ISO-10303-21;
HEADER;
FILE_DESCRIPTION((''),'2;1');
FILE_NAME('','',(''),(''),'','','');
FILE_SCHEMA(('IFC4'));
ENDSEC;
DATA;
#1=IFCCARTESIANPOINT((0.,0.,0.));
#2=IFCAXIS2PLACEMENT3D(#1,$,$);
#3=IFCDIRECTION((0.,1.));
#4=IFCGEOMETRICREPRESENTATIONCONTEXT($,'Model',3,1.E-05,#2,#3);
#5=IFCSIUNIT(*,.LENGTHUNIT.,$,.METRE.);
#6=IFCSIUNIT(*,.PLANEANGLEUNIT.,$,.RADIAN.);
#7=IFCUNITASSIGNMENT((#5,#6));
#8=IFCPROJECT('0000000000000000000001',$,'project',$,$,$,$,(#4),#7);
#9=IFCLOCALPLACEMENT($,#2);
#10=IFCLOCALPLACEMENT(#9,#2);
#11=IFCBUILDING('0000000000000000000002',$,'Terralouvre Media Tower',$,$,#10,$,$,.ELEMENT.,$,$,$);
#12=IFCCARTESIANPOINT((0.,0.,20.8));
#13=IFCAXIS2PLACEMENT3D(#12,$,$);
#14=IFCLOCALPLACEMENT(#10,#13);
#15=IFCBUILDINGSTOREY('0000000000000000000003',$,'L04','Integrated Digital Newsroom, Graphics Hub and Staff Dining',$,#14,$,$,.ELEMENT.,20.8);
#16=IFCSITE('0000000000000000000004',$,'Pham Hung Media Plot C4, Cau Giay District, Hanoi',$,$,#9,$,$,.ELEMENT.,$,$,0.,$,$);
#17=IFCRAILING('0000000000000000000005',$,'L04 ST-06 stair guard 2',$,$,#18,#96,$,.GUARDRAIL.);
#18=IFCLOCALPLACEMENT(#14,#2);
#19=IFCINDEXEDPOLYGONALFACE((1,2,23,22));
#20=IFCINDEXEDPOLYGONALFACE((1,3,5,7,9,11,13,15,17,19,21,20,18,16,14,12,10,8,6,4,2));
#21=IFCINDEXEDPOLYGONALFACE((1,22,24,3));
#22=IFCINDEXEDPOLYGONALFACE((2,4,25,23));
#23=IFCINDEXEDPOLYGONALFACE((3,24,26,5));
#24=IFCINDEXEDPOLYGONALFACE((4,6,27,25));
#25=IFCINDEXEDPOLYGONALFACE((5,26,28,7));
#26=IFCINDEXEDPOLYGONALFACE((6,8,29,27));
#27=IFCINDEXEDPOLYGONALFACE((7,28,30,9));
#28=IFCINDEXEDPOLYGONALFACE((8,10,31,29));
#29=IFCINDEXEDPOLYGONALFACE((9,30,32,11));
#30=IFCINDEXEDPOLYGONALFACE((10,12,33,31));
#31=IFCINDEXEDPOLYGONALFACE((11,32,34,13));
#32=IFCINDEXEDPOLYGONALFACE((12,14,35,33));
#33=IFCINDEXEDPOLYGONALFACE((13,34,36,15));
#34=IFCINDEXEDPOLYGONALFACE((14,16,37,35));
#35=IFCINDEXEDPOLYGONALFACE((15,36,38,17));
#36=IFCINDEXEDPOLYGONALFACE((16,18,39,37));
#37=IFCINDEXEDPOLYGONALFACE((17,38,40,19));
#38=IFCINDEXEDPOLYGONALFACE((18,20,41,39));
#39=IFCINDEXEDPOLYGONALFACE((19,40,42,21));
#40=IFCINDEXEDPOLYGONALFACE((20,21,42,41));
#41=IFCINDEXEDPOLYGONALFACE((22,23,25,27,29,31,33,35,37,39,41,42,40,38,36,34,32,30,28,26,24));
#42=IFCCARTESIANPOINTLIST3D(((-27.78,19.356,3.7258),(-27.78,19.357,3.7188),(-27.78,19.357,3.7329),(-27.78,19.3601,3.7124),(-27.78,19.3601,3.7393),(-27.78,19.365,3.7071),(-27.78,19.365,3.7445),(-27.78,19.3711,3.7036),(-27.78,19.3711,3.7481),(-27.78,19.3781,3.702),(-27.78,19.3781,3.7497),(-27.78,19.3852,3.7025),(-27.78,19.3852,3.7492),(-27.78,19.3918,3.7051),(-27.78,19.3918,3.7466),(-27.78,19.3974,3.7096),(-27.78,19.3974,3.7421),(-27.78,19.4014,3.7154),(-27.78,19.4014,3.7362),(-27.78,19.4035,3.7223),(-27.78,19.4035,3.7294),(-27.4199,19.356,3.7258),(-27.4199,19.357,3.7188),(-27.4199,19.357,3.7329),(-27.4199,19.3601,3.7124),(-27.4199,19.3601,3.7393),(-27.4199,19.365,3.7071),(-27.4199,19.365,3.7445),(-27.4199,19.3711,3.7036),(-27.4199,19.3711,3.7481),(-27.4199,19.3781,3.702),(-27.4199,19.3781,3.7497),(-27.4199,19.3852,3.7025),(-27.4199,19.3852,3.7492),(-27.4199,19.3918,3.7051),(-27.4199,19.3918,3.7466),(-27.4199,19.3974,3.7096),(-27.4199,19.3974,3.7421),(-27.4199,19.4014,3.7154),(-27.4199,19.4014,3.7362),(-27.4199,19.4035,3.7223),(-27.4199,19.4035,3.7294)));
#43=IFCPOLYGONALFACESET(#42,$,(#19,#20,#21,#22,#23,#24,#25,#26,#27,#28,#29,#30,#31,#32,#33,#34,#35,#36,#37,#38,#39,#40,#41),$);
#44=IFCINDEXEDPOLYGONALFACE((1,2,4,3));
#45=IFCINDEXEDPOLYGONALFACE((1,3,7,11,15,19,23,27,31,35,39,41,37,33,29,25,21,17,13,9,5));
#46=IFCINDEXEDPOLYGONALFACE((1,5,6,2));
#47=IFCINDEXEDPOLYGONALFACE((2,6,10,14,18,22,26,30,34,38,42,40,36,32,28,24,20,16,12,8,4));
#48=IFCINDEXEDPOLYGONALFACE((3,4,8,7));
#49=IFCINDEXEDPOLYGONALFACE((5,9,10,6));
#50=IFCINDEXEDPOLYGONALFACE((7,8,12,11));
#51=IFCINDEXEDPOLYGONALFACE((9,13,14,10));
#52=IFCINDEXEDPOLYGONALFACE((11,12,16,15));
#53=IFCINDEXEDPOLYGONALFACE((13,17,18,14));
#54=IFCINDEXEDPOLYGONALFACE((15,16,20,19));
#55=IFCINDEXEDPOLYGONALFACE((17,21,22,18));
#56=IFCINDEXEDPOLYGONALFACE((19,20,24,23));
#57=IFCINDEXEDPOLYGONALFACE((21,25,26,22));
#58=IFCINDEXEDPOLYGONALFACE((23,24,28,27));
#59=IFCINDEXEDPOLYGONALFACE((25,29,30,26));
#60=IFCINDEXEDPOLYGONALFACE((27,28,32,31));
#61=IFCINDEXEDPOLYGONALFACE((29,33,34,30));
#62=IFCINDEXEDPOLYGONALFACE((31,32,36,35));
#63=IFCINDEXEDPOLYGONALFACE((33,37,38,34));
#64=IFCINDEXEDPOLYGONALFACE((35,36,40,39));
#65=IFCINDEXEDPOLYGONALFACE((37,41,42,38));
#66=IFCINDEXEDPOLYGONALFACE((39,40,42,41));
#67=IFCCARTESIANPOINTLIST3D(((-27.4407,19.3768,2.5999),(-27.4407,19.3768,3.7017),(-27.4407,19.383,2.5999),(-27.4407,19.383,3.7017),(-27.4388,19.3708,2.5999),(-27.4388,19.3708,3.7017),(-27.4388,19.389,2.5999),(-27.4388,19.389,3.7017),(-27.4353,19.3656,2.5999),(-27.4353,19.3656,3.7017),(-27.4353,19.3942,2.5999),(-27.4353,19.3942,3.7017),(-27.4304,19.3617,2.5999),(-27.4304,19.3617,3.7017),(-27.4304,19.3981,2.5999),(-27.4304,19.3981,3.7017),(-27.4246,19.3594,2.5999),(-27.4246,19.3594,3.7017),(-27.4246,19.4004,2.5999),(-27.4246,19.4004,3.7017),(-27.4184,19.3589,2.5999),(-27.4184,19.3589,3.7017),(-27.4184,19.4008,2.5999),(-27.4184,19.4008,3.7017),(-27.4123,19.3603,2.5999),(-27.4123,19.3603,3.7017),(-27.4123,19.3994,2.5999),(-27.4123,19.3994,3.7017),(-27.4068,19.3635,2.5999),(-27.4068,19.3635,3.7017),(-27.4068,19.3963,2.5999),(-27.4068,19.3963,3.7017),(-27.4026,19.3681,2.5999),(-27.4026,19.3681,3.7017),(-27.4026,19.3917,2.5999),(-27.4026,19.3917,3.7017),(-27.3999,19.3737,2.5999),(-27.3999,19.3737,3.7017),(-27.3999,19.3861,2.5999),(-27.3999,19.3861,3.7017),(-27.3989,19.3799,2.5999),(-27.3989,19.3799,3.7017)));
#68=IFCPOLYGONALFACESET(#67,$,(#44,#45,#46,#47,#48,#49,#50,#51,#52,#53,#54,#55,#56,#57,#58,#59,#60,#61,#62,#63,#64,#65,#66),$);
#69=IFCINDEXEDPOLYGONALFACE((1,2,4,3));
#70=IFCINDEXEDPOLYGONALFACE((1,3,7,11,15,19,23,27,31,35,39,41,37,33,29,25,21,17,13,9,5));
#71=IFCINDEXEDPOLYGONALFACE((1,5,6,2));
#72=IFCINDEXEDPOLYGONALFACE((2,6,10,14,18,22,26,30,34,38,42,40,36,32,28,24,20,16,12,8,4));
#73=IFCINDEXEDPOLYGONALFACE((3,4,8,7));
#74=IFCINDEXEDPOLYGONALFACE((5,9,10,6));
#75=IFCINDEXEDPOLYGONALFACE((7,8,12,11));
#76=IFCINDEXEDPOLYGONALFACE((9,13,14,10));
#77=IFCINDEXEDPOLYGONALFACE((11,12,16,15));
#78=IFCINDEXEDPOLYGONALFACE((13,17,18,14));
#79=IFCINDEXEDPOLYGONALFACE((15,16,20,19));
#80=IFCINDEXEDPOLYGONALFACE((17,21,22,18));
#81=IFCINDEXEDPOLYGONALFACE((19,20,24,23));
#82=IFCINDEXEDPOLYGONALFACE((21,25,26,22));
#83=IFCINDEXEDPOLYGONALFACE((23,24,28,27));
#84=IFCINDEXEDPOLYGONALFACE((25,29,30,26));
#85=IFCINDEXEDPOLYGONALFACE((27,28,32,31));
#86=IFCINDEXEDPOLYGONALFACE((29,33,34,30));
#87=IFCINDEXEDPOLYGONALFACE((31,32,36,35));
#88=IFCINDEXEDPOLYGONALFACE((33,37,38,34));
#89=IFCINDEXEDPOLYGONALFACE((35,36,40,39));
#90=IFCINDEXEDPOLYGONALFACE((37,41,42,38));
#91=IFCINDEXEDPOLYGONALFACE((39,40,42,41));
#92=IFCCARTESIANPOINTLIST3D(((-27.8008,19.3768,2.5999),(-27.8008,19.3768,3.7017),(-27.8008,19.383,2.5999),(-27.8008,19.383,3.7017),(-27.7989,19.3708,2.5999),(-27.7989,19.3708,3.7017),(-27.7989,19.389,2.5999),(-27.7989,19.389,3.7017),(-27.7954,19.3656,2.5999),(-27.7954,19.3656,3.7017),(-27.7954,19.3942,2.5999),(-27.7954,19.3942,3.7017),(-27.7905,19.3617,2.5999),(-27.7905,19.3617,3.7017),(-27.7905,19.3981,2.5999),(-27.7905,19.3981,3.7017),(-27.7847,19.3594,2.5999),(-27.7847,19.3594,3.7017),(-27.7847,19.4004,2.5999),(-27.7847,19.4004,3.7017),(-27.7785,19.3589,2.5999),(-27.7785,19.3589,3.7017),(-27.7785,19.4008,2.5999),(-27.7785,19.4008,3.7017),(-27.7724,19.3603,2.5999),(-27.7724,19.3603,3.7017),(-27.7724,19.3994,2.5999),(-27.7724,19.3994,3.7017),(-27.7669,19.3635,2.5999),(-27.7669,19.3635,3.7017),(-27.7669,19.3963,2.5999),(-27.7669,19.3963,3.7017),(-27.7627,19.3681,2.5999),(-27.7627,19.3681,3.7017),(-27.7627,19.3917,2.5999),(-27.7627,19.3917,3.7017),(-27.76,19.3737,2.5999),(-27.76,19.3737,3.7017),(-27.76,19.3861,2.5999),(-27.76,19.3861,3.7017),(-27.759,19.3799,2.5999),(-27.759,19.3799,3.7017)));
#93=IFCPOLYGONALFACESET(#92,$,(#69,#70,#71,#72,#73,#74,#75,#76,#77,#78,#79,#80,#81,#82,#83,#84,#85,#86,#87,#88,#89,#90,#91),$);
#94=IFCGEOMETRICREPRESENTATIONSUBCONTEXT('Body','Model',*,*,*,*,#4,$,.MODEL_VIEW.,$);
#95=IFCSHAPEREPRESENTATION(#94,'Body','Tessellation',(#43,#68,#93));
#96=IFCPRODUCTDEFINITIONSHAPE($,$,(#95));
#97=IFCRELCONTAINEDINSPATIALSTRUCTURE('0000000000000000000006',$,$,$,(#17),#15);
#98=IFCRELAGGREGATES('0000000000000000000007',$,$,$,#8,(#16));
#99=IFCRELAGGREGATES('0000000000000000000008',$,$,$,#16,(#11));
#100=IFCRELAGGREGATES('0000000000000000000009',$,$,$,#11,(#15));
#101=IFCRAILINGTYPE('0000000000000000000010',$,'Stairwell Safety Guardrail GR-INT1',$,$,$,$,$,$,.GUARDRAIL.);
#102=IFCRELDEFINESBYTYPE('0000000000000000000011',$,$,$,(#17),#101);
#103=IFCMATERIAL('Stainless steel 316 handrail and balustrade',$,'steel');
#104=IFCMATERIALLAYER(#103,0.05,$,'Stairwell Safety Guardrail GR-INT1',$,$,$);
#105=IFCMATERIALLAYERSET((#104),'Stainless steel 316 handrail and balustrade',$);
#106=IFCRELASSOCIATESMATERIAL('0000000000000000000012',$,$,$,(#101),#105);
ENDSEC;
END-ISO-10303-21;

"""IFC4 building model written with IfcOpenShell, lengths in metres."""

from ifc_helpers import new_model, si_unit, direction, frame, origin, origin_2d, place, context, subcontext, project, spatial, circle, extrude, material, layer, layer_set, type_object, element, save


model = new_model("IFC4")

# Units and contexts
model_context = context("Model", 3, precision=1e-05, world=origin(), true_north=direction((0.0, 1.0)))
body_context = subcontext(model_context, "Body", "Model", "MODEL_VIEW")
ifc_project = project(units=[si_unit("LENGTHUNIT", "METRE"), si_unit("PLANEANGLEUNIT", "RADIAN")], contexts=[model_context])

# Site, building, storey
site_placement = place(None, origin())
site = spatial("IfcSite", under=ifc_project, at=site_placement, Name="Pham Hung Media Plot C4, Cau Giay District, Hanoi", CompositionType="ELEMENT", RefElevation=0.0)
building_placement = place(site_placement, origin())
building = spatial("IfcBuilding", under=site, at=building_placement, Name="Terralouvre Media Tower", CompositionType="ELEMENT")
storey_placement = place(building_placement, frame((0.0, 0.0, 20.8)))
storey = spatial("IfcBuildingStorey", under=building, at=storey_placement, Name="L04", Description="Integrated Digital Newsroom, Graphics Hub and Staff Dining", CompositionType="ELEMENT", Elevation=20.8)

# Railing
ifc_material_1 = material(Name="Stainless steel 316 handrail and balustrade", Category="steel")
ifc_layer_1 = layer(ifc_material_1, 0.05, Name="Stairwell Safety Guardrail GR-INT1")
ifc_layer_set_1 = layer_set([ifc_layer_1], Name="Stainless steel 316 handrail and balustrade")
railing_type_1 = type_object("IfcRailingType", Name="Stairwell Safety Guardrail GR-INT1", PredefinedType="GUARDRAIL", material=ifc_layer_set_1)
railing_1_placement = place(storey_placement, frame((-27.4199, 19.3799, 2.5999)))
element("IfcRailing", 1, at=railing_1_placement, inside=storey, type_object=railing_type_1, Name="L04 ST-06 stair guard 2", PredefinedType="GUARDRAIL", context=body_context, shape_type="SweptSolid", body=[
    extrude(circle(Radius=0.0239, at=origin_2d()), frame((0.0, 0.0, 1.126), z_axis=(-1.0, 0.0, 0.0), x_axis=(0.0, -1.0, 0.0)), (0.0, 0.0, 1.0), 0.3601),
    extrude(circle(Radius=0.021, at=origin_2d()), origin(), (0.0, 0.0, 1.0), 1.1018),
    extrude(circle(Radius=0.021, at=origin_2d()), frame((-0.3601, 0.0, 0.0)), (0.0, 0.0, 1.0), 1.1018),
])

save(model, "model.ifc")
